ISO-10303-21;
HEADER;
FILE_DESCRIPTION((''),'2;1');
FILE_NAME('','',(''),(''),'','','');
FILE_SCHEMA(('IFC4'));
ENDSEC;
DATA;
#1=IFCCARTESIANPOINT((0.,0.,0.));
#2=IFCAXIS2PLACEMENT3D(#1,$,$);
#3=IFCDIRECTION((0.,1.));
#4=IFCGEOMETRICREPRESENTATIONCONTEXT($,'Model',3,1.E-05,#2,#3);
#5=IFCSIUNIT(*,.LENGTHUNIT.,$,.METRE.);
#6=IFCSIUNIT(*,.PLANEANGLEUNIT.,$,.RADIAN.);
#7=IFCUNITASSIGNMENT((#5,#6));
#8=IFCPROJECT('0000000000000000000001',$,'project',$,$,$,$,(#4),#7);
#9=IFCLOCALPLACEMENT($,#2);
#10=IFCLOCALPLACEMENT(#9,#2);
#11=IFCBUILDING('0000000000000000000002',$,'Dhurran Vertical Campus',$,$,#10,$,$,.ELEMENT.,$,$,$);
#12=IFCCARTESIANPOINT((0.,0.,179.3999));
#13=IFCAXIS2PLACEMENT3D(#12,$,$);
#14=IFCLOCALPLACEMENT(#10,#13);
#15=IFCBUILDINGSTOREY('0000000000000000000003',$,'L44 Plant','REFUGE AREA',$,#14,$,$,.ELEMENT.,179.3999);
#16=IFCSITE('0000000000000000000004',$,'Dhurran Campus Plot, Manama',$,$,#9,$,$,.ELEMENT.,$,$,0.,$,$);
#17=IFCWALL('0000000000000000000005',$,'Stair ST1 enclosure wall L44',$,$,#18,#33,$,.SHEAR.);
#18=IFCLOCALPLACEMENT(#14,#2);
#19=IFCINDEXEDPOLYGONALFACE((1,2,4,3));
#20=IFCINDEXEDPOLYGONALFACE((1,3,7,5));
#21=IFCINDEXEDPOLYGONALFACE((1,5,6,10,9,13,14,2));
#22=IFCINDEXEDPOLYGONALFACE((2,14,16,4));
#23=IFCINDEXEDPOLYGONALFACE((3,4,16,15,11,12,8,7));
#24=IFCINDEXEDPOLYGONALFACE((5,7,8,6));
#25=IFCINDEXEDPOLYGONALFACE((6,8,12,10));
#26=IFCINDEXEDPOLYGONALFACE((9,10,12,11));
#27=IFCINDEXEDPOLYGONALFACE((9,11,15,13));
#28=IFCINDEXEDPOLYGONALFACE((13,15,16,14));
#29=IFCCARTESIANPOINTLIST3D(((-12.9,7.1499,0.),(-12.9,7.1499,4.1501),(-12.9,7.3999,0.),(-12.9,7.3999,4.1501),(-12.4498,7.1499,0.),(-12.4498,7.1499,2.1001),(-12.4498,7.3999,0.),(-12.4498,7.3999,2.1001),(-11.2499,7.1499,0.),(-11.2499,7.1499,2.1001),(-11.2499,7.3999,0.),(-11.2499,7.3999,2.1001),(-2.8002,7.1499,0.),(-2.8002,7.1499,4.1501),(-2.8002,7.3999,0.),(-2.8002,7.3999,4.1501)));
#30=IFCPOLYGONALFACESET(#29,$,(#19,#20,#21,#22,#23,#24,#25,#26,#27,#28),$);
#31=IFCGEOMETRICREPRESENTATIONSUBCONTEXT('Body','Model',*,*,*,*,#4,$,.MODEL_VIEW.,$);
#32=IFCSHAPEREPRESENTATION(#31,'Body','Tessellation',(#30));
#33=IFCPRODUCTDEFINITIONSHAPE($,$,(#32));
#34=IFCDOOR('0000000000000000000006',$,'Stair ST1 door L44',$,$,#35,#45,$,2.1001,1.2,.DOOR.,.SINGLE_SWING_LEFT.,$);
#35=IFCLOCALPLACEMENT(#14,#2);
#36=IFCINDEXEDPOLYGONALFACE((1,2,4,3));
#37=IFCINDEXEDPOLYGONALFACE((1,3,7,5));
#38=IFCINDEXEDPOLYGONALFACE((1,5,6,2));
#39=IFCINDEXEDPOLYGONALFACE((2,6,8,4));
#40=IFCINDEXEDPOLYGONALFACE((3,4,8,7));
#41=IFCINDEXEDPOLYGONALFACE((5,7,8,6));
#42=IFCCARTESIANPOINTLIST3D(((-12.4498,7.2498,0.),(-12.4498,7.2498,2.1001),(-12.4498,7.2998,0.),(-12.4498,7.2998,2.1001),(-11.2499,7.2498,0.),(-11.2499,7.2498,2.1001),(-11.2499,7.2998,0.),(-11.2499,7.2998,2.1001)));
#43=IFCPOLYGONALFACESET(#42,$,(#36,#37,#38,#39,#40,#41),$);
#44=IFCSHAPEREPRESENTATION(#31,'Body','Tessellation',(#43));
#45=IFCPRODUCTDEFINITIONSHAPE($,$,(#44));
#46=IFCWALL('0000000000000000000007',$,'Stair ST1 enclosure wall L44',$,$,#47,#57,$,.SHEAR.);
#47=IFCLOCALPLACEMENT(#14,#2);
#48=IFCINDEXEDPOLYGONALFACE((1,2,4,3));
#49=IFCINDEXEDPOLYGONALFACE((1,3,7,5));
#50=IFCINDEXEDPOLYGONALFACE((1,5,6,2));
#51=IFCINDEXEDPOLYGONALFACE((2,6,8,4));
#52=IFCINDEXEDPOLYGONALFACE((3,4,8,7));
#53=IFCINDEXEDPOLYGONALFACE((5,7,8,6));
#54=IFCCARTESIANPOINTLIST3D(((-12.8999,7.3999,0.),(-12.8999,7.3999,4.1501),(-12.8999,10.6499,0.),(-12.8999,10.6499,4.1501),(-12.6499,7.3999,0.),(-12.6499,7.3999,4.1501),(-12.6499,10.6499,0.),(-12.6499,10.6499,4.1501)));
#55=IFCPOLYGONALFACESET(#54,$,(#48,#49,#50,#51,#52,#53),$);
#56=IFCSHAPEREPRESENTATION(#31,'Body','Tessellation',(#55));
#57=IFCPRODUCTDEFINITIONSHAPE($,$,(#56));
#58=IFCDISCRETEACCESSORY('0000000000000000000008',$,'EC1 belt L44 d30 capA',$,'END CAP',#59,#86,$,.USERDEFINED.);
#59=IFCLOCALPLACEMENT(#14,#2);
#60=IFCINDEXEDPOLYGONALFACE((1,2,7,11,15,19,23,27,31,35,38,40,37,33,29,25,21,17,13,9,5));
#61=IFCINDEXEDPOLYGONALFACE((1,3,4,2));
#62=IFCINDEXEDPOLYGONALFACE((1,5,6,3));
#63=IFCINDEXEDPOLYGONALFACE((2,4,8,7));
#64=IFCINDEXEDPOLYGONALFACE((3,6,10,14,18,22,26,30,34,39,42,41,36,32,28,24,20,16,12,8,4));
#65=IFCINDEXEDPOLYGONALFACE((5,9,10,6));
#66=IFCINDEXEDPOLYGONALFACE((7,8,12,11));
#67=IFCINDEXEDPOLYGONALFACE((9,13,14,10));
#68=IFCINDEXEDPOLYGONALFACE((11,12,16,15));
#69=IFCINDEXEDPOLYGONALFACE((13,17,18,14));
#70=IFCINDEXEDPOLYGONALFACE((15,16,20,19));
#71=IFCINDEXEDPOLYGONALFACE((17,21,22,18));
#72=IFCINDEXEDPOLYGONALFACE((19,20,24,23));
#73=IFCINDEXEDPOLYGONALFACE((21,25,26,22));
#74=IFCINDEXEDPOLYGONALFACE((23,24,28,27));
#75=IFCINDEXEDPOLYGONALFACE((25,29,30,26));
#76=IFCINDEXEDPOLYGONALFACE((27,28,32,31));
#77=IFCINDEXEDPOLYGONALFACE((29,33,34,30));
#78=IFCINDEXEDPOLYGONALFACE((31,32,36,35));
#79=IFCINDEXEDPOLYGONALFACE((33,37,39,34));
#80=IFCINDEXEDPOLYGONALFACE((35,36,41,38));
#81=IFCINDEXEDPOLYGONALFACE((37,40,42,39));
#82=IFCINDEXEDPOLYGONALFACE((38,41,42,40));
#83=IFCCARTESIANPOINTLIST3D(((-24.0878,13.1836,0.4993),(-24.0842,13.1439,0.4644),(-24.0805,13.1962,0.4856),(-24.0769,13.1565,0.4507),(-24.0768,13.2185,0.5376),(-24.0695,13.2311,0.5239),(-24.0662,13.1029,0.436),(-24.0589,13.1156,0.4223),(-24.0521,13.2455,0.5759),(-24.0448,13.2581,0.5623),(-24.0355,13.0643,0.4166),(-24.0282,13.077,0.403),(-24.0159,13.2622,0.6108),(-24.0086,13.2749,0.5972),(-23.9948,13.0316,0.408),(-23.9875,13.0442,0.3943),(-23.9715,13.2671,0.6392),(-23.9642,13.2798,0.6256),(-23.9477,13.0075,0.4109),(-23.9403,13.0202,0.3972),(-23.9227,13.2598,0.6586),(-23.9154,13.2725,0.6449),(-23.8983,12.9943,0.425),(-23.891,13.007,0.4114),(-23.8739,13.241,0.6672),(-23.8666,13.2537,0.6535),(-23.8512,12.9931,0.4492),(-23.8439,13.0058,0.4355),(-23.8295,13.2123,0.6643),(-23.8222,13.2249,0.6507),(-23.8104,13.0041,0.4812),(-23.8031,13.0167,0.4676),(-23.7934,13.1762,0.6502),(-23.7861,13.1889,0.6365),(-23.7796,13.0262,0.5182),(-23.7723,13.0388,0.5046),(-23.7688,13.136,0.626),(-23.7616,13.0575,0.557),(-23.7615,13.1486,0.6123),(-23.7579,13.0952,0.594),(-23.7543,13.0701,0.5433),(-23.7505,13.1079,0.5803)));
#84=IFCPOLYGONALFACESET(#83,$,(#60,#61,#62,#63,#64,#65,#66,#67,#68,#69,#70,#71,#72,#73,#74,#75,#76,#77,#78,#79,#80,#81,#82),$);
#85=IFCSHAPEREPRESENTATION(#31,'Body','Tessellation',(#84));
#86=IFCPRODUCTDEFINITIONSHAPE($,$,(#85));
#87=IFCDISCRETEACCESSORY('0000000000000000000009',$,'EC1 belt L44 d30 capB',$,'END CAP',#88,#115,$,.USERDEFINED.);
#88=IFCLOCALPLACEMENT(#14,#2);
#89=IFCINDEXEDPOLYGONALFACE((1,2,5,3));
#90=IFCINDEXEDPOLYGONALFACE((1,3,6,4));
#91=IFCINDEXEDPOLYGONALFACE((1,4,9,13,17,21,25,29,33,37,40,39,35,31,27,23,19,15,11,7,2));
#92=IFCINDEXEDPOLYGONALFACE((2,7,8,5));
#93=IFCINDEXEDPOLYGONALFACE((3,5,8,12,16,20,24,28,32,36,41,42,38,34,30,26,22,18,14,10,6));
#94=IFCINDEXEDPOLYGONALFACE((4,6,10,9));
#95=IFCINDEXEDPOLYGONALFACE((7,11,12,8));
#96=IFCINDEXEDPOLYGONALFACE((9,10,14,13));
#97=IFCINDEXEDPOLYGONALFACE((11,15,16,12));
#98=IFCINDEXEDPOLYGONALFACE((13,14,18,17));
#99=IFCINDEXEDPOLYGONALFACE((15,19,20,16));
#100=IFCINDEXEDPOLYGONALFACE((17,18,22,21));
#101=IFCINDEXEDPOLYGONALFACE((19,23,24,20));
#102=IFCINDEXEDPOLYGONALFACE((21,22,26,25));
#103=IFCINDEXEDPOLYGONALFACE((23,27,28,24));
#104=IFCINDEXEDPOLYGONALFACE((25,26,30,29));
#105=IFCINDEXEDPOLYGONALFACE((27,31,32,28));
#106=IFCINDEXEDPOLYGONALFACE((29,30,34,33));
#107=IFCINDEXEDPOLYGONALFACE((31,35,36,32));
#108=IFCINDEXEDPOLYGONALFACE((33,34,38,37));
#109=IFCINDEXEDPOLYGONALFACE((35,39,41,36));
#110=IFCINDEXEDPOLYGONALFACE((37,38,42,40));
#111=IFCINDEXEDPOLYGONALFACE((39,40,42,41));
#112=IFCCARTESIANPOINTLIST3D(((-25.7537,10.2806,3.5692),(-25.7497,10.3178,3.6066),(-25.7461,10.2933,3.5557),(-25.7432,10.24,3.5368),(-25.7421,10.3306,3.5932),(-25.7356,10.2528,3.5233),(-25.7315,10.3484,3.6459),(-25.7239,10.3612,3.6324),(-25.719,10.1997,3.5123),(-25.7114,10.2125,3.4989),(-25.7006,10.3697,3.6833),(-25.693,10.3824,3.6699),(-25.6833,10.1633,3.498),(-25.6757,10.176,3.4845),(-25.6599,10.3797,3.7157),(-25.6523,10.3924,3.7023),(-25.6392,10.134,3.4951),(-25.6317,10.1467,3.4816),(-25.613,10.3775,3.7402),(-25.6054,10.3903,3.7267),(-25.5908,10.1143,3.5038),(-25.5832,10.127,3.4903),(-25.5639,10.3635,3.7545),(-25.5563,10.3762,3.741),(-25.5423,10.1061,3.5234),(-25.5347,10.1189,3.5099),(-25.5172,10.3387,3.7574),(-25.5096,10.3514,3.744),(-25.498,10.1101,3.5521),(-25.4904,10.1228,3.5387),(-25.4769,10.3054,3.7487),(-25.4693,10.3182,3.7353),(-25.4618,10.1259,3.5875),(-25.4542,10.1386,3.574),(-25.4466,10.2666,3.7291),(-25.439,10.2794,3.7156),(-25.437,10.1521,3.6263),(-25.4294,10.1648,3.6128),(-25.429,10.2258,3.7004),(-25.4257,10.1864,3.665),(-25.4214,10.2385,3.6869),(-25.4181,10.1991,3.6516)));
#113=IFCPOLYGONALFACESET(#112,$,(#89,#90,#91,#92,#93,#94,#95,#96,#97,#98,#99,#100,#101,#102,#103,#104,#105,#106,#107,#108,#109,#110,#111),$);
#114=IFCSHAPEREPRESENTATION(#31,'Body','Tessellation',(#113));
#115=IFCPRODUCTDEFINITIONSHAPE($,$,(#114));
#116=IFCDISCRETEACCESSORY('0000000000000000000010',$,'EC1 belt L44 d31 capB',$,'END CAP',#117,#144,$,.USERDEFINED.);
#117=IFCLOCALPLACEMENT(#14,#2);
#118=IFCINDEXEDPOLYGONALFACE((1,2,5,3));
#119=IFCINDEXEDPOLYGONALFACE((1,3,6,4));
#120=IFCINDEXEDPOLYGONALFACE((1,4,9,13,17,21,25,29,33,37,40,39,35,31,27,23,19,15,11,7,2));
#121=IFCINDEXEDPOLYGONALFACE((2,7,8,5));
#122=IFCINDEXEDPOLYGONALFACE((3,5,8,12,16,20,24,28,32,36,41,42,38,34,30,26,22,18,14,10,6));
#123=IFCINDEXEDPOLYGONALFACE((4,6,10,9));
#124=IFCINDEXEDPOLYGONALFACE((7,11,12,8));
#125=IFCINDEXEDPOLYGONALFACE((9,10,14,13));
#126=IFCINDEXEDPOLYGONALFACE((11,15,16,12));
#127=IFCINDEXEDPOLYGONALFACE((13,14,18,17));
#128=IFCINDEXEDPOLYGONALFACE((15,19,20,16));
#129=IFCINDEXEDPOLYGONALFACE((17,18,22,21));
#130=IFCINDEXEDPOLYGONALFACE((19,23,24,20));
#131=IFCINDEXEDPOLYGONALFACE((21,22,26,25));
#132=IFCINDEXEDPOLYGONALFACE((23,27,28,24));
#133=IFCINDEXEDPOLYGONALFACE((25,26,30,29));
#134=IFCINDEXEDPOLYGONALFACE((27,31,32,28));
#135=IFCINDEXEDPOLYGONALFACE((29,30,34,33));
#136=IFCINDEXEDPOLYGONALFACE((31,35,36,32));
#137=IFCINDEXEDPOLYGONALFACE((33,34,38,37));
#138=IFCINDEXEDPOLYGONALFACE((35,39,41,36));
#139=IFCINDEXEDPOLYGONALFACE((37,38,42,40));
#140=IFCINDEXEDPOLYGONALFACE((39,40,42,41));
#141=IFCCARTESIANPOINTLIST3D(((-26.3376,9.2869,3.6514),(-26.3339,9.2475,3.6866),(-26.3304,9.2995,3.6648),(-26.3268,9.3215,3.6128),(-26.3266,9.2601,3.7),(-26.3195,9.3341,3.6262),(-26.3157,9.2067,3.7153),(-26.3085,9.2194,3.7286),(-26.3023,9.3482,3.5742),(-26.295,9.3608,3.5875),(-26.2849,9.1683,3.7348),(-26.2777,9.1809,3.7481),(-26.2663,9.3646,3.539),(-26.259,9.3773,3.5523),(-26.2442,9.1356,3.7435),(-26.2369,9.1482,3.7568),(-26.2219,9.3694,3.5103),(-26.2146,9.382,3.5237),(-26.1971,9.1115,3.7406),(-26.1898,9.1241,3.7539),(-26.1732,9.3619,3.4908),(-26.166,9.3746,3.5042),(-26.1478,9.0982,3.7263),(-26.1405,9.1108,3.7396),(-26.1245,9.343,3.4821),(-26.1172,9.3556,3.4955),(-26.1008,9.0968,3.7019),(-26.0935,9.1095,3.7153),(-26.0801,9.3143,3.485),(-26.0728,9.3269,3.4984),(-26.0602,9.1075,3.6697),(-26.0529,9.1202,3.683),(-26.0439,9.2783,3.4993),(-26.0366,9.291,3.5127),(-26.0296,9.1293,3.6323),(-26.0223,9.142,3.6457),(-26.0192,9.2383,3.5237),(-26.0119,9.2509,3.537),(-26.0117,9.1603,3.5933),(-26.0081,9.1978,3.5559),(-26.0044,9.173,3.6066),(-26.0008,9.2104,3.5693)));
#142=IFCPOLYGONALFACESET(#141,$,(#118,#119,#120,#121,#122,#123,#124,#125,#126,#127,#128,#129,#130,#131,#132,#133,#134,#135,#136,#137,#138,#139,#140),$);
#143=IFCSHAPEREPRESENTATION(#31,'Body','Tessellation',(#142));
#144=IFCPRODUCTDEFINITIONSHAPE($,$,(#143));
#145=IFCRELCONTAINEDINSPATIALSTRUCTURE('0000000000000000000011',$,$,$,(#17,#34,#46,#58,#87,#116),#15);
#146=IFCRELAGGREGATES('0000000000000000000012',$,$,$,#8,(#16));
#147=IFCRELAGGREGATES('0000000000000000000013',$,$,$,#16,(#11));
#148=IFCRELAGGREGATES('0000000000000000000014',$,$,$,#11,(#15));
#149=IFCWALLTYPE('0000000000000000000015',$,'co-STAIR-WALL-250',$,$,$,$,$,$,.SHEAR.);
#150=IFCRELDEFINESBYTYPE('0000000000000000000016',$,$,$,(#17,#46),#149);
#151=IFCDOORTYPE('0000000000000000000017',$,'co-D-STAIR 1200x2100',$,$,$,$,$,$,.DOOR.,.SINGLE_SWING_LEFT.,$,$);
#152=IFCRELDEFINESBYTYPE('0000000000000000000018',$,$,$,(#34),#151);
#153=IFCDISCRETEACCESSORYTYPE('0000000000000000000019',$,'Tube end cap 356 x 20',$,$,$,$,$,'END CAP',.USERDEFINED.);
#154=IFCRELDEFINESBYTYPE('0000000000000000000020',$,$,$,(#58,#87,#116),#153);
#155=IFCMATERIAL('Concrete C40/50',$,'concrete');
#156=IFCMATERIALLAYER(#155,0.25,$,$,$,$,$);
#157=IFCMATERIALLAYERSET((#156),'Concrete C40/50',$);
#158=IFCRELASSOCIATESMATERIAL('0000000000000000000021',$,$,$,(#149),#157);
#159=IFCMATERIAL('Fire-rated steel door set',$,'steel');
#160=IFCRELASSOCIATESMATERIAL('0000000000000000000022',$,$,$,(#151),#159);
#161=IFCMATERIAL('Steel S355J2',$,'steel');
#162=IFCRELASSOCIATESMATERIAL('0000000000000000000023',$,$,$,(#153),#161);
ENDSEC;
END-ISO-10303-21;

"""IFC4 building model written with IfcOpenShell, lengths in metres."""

from ifc_helpers import new_model, si_unit, direction, frame, frame_2d, origin, origin_2d, place, context, subcontext, project, spatial, rectangle, circle, extrude, material, layer, layer_set, material_profile, profile_set, type_object, element, fill, save


model = new_model("IFC4")

# Units and contexts
model_context = context("Model", 3, precision=1e-05, world=origin(), true_north=direction((0.0, 1.0)))
body_context = subcontext(model_context, "Body", "Model", "MODEL_VIEW")
ifc_project = project(units=[si_unit("LENGTHUNIT", "METRE"), si_unit("PLANEANGLEUNIT", "RADIAN")], contexts=[model_context])

# Site, building, storey
site_placement = place(None, origin())
site = spatial("IfcSite", under=ifc_project, at=site_placement, Name="Dhurran Campus Plot, Manama", CompositionType="ELEMENT", RefElevation=0.0)
building_placement = place(site_placement, origin())
building = spatial("IfcBuilding", under=site, at=building_placement, Name="Dhurran Vertical Campus", CompositionType="ELEMENT")
storey_placement = place(building_placement, frame((0.0, 0.0, 179.3999)))
storey = spatial("IfcBuildingStorey", under=building, at=storey_placement, Name="L44 Plant", Description="REFUGE AREA", CompositionType="ELEMENT", Elevation=179.3999)

# Wall, opening, door
ifc_material_1 = material(Name="Concrete C40/50", Category="concrete")
ifc_layer_1 = layer(ifc_material_1, 0.25)
ifc_layer_set_1 = layer_set([ifc_layer_1], Name="Concrete C40/50")
wall_type_1 = type_object("IfcWallType", Name="co-STAIR-WALL-250", PredefinedType="SHEAR", material=ifc_layer_set_1)
wall_1_placement = place(storey_placement, frame((-12.8999, 7.2749, 0.0), z_axis=(0.0, 0.0, 1.0), x_axis=(1.0, 0.0, 0.0)))
wall_1 = element("IfcWall", 1, at=wall_1_placement, inside=storey, type_object=wall_type_1, Name="Stair ST1 enclosure wall L44", PredefinedType="SHEAR", context=body_context, shape_type="SweptSolid", body=[
    extrude(rectangle(XDim=10.0999, YDim=0.25, at=frame_2d((5.0498, 0.0))), origin(), (0.0, 0.0, 1.0), 4.1501),
])
opening_1_placement = place(wall_1_placement, frame((0.45, 0.0, 0.0)))
opening_1 = element("IfcOpeningElement", 2, at=opening_1_placement, cuts=wall_1, PredefinedType="OPENING", context=body_context, shape_type="SweptSolid", body=[
    extrude(rectangle(XDim=1.2, YDim=2.1001, at=frame_2d((0.6001, 1.05))), frame((0.0, 0.135, 0.0), z_axis=(0.0, -1.0, 0.0), x_axis=(1.0, 0.0, 0.0)), (0.0, 0.0, 1.0), 0.27),
])
ifc_material_2 = material(Name="Fire-rated steel door set", Category="steel")
door_type_1 = type_object("IfcDoorType", Name="co-D-STAIR 1200x2100", OperationType="SINGLE_SWING_LEFT", PredefinedType="DOOR", material=ifc_material_2)
door_1_placement = place(opening_1_placement, origin())
door_1 = element("IfcDoor", 3, at=door_1_placement, inside=storey, type_object=door_type_1, Name="Stair ST1 door L44", OperationType="SINGLE_SWING_LEFT", OverallHeight=2.1001, OverallWidth=1.2, PredefinedType="DOOR", context=body_context, shape_type="SweptSolid", body=[
    extrude(rectangle(XDim=1.2, YDim=2.1001, at=frame_2d((0.6001, 1.05))), frame((0.0, 0.0249, 0.0), z_axis=(0.0, -1.0, 0.0), x_axis=(1.0, 0.0, 0.0)), (0.0, 0.0, 1.0), 0.05),
])
fill(opening_1, door_1)

# Wall
wall_2_placement = place(storey_placement, frame((-12.7749, 7.3999, 0.0), z_axis=(0.0, 0.0, 1.0), x_axis=(0.0, 1.0, 0.0)))
element("IfcWall", 4, at=wall_2_placement, inside=storey, type_object=wall_type_1, Name="Stair ST1 enclosure wall L44", PredefinedType="SHEAR", context=body_context, shape_type="SweptSolid", body=[
    extrude(rectangle(XDim=3.25, YDim=0.25, at=frame_2d((1.625, 0.0))), origin(), (0.0, 0.0, 1.0), 4.1501),
])

# Discrete accessories
ifc_material_3 = material(Name="Steel S355J2", Category="steel")
ifc_material_profile_1 = material_profile(ifc_material_3, circle(Radius=0.1777, at=origin_2d()), Name="Tube end cap 356 x 20")
ifc_profile_set_1 = profile_set([ifc_material_profile_1], Name="Steel S355J2")
discrete_accessory_type = type_object("IfcDiscreteAccessoryType", Name="Tube end cap 356 x 20", ElementType="END CAP", PredefinedType="USERDEFINED", material=ifc_profile_set_1)
for number, where, z_axis, x_axis, name in (
    (5, (-23.9229, 13.1296, 0.5376), (0.365419, 0.633393, -0.682116), (-0.866186, 0.499722, 0.0), "EC1 belt L44 d30 capA"),
    (6, (-25.582, 10.2559, 3.6128), (-0.379008, -0.635756, 0.672434), (0.858947, -0.512065, 0.0), "EC1 belt L44 d30 capB"),
):
    element("IfcDiscreteAccessory", number, at=place(storey_placement, frame(where, z_axis=z_axis, x_axis=x_axis)), inside=storey, type_object=discrete_accessory_type, Name=name, ObjectType="END CAP", PredefinedType="USERDEFINED", context=body_context, shape_type="SweptSolid", body=[
        extrude(circle(Radius=0.1777, at=origin_2d()), origin(), (0.0, 0.0, 1.0), 0.02),
    ])
discrete_accessory_placement = place(storey_placement, frame((-26.1729, 9.2327, 3.6128), z_axis=(0.368466, 0.638674, 0.675521), x_axis=(-0.866186, 0.499722, 0.0)))
element("IfcDiscreteAccessory", 7, at=discrete_accessory_placement, inside=storey, type_object=discrete_accessory_type, Name="EC1 belt L44 d31 capB", ObjectType="END CAP", PredefinedType="USERDEFINED", context=body_context, shape_type="SweptSolid", body=[
    extrude(circle(Radius=0.1777, at=origin_2d()), origin(), (0.0, 0.0, 1.0), 0.0198),
])

save(model, "model.ifc")
